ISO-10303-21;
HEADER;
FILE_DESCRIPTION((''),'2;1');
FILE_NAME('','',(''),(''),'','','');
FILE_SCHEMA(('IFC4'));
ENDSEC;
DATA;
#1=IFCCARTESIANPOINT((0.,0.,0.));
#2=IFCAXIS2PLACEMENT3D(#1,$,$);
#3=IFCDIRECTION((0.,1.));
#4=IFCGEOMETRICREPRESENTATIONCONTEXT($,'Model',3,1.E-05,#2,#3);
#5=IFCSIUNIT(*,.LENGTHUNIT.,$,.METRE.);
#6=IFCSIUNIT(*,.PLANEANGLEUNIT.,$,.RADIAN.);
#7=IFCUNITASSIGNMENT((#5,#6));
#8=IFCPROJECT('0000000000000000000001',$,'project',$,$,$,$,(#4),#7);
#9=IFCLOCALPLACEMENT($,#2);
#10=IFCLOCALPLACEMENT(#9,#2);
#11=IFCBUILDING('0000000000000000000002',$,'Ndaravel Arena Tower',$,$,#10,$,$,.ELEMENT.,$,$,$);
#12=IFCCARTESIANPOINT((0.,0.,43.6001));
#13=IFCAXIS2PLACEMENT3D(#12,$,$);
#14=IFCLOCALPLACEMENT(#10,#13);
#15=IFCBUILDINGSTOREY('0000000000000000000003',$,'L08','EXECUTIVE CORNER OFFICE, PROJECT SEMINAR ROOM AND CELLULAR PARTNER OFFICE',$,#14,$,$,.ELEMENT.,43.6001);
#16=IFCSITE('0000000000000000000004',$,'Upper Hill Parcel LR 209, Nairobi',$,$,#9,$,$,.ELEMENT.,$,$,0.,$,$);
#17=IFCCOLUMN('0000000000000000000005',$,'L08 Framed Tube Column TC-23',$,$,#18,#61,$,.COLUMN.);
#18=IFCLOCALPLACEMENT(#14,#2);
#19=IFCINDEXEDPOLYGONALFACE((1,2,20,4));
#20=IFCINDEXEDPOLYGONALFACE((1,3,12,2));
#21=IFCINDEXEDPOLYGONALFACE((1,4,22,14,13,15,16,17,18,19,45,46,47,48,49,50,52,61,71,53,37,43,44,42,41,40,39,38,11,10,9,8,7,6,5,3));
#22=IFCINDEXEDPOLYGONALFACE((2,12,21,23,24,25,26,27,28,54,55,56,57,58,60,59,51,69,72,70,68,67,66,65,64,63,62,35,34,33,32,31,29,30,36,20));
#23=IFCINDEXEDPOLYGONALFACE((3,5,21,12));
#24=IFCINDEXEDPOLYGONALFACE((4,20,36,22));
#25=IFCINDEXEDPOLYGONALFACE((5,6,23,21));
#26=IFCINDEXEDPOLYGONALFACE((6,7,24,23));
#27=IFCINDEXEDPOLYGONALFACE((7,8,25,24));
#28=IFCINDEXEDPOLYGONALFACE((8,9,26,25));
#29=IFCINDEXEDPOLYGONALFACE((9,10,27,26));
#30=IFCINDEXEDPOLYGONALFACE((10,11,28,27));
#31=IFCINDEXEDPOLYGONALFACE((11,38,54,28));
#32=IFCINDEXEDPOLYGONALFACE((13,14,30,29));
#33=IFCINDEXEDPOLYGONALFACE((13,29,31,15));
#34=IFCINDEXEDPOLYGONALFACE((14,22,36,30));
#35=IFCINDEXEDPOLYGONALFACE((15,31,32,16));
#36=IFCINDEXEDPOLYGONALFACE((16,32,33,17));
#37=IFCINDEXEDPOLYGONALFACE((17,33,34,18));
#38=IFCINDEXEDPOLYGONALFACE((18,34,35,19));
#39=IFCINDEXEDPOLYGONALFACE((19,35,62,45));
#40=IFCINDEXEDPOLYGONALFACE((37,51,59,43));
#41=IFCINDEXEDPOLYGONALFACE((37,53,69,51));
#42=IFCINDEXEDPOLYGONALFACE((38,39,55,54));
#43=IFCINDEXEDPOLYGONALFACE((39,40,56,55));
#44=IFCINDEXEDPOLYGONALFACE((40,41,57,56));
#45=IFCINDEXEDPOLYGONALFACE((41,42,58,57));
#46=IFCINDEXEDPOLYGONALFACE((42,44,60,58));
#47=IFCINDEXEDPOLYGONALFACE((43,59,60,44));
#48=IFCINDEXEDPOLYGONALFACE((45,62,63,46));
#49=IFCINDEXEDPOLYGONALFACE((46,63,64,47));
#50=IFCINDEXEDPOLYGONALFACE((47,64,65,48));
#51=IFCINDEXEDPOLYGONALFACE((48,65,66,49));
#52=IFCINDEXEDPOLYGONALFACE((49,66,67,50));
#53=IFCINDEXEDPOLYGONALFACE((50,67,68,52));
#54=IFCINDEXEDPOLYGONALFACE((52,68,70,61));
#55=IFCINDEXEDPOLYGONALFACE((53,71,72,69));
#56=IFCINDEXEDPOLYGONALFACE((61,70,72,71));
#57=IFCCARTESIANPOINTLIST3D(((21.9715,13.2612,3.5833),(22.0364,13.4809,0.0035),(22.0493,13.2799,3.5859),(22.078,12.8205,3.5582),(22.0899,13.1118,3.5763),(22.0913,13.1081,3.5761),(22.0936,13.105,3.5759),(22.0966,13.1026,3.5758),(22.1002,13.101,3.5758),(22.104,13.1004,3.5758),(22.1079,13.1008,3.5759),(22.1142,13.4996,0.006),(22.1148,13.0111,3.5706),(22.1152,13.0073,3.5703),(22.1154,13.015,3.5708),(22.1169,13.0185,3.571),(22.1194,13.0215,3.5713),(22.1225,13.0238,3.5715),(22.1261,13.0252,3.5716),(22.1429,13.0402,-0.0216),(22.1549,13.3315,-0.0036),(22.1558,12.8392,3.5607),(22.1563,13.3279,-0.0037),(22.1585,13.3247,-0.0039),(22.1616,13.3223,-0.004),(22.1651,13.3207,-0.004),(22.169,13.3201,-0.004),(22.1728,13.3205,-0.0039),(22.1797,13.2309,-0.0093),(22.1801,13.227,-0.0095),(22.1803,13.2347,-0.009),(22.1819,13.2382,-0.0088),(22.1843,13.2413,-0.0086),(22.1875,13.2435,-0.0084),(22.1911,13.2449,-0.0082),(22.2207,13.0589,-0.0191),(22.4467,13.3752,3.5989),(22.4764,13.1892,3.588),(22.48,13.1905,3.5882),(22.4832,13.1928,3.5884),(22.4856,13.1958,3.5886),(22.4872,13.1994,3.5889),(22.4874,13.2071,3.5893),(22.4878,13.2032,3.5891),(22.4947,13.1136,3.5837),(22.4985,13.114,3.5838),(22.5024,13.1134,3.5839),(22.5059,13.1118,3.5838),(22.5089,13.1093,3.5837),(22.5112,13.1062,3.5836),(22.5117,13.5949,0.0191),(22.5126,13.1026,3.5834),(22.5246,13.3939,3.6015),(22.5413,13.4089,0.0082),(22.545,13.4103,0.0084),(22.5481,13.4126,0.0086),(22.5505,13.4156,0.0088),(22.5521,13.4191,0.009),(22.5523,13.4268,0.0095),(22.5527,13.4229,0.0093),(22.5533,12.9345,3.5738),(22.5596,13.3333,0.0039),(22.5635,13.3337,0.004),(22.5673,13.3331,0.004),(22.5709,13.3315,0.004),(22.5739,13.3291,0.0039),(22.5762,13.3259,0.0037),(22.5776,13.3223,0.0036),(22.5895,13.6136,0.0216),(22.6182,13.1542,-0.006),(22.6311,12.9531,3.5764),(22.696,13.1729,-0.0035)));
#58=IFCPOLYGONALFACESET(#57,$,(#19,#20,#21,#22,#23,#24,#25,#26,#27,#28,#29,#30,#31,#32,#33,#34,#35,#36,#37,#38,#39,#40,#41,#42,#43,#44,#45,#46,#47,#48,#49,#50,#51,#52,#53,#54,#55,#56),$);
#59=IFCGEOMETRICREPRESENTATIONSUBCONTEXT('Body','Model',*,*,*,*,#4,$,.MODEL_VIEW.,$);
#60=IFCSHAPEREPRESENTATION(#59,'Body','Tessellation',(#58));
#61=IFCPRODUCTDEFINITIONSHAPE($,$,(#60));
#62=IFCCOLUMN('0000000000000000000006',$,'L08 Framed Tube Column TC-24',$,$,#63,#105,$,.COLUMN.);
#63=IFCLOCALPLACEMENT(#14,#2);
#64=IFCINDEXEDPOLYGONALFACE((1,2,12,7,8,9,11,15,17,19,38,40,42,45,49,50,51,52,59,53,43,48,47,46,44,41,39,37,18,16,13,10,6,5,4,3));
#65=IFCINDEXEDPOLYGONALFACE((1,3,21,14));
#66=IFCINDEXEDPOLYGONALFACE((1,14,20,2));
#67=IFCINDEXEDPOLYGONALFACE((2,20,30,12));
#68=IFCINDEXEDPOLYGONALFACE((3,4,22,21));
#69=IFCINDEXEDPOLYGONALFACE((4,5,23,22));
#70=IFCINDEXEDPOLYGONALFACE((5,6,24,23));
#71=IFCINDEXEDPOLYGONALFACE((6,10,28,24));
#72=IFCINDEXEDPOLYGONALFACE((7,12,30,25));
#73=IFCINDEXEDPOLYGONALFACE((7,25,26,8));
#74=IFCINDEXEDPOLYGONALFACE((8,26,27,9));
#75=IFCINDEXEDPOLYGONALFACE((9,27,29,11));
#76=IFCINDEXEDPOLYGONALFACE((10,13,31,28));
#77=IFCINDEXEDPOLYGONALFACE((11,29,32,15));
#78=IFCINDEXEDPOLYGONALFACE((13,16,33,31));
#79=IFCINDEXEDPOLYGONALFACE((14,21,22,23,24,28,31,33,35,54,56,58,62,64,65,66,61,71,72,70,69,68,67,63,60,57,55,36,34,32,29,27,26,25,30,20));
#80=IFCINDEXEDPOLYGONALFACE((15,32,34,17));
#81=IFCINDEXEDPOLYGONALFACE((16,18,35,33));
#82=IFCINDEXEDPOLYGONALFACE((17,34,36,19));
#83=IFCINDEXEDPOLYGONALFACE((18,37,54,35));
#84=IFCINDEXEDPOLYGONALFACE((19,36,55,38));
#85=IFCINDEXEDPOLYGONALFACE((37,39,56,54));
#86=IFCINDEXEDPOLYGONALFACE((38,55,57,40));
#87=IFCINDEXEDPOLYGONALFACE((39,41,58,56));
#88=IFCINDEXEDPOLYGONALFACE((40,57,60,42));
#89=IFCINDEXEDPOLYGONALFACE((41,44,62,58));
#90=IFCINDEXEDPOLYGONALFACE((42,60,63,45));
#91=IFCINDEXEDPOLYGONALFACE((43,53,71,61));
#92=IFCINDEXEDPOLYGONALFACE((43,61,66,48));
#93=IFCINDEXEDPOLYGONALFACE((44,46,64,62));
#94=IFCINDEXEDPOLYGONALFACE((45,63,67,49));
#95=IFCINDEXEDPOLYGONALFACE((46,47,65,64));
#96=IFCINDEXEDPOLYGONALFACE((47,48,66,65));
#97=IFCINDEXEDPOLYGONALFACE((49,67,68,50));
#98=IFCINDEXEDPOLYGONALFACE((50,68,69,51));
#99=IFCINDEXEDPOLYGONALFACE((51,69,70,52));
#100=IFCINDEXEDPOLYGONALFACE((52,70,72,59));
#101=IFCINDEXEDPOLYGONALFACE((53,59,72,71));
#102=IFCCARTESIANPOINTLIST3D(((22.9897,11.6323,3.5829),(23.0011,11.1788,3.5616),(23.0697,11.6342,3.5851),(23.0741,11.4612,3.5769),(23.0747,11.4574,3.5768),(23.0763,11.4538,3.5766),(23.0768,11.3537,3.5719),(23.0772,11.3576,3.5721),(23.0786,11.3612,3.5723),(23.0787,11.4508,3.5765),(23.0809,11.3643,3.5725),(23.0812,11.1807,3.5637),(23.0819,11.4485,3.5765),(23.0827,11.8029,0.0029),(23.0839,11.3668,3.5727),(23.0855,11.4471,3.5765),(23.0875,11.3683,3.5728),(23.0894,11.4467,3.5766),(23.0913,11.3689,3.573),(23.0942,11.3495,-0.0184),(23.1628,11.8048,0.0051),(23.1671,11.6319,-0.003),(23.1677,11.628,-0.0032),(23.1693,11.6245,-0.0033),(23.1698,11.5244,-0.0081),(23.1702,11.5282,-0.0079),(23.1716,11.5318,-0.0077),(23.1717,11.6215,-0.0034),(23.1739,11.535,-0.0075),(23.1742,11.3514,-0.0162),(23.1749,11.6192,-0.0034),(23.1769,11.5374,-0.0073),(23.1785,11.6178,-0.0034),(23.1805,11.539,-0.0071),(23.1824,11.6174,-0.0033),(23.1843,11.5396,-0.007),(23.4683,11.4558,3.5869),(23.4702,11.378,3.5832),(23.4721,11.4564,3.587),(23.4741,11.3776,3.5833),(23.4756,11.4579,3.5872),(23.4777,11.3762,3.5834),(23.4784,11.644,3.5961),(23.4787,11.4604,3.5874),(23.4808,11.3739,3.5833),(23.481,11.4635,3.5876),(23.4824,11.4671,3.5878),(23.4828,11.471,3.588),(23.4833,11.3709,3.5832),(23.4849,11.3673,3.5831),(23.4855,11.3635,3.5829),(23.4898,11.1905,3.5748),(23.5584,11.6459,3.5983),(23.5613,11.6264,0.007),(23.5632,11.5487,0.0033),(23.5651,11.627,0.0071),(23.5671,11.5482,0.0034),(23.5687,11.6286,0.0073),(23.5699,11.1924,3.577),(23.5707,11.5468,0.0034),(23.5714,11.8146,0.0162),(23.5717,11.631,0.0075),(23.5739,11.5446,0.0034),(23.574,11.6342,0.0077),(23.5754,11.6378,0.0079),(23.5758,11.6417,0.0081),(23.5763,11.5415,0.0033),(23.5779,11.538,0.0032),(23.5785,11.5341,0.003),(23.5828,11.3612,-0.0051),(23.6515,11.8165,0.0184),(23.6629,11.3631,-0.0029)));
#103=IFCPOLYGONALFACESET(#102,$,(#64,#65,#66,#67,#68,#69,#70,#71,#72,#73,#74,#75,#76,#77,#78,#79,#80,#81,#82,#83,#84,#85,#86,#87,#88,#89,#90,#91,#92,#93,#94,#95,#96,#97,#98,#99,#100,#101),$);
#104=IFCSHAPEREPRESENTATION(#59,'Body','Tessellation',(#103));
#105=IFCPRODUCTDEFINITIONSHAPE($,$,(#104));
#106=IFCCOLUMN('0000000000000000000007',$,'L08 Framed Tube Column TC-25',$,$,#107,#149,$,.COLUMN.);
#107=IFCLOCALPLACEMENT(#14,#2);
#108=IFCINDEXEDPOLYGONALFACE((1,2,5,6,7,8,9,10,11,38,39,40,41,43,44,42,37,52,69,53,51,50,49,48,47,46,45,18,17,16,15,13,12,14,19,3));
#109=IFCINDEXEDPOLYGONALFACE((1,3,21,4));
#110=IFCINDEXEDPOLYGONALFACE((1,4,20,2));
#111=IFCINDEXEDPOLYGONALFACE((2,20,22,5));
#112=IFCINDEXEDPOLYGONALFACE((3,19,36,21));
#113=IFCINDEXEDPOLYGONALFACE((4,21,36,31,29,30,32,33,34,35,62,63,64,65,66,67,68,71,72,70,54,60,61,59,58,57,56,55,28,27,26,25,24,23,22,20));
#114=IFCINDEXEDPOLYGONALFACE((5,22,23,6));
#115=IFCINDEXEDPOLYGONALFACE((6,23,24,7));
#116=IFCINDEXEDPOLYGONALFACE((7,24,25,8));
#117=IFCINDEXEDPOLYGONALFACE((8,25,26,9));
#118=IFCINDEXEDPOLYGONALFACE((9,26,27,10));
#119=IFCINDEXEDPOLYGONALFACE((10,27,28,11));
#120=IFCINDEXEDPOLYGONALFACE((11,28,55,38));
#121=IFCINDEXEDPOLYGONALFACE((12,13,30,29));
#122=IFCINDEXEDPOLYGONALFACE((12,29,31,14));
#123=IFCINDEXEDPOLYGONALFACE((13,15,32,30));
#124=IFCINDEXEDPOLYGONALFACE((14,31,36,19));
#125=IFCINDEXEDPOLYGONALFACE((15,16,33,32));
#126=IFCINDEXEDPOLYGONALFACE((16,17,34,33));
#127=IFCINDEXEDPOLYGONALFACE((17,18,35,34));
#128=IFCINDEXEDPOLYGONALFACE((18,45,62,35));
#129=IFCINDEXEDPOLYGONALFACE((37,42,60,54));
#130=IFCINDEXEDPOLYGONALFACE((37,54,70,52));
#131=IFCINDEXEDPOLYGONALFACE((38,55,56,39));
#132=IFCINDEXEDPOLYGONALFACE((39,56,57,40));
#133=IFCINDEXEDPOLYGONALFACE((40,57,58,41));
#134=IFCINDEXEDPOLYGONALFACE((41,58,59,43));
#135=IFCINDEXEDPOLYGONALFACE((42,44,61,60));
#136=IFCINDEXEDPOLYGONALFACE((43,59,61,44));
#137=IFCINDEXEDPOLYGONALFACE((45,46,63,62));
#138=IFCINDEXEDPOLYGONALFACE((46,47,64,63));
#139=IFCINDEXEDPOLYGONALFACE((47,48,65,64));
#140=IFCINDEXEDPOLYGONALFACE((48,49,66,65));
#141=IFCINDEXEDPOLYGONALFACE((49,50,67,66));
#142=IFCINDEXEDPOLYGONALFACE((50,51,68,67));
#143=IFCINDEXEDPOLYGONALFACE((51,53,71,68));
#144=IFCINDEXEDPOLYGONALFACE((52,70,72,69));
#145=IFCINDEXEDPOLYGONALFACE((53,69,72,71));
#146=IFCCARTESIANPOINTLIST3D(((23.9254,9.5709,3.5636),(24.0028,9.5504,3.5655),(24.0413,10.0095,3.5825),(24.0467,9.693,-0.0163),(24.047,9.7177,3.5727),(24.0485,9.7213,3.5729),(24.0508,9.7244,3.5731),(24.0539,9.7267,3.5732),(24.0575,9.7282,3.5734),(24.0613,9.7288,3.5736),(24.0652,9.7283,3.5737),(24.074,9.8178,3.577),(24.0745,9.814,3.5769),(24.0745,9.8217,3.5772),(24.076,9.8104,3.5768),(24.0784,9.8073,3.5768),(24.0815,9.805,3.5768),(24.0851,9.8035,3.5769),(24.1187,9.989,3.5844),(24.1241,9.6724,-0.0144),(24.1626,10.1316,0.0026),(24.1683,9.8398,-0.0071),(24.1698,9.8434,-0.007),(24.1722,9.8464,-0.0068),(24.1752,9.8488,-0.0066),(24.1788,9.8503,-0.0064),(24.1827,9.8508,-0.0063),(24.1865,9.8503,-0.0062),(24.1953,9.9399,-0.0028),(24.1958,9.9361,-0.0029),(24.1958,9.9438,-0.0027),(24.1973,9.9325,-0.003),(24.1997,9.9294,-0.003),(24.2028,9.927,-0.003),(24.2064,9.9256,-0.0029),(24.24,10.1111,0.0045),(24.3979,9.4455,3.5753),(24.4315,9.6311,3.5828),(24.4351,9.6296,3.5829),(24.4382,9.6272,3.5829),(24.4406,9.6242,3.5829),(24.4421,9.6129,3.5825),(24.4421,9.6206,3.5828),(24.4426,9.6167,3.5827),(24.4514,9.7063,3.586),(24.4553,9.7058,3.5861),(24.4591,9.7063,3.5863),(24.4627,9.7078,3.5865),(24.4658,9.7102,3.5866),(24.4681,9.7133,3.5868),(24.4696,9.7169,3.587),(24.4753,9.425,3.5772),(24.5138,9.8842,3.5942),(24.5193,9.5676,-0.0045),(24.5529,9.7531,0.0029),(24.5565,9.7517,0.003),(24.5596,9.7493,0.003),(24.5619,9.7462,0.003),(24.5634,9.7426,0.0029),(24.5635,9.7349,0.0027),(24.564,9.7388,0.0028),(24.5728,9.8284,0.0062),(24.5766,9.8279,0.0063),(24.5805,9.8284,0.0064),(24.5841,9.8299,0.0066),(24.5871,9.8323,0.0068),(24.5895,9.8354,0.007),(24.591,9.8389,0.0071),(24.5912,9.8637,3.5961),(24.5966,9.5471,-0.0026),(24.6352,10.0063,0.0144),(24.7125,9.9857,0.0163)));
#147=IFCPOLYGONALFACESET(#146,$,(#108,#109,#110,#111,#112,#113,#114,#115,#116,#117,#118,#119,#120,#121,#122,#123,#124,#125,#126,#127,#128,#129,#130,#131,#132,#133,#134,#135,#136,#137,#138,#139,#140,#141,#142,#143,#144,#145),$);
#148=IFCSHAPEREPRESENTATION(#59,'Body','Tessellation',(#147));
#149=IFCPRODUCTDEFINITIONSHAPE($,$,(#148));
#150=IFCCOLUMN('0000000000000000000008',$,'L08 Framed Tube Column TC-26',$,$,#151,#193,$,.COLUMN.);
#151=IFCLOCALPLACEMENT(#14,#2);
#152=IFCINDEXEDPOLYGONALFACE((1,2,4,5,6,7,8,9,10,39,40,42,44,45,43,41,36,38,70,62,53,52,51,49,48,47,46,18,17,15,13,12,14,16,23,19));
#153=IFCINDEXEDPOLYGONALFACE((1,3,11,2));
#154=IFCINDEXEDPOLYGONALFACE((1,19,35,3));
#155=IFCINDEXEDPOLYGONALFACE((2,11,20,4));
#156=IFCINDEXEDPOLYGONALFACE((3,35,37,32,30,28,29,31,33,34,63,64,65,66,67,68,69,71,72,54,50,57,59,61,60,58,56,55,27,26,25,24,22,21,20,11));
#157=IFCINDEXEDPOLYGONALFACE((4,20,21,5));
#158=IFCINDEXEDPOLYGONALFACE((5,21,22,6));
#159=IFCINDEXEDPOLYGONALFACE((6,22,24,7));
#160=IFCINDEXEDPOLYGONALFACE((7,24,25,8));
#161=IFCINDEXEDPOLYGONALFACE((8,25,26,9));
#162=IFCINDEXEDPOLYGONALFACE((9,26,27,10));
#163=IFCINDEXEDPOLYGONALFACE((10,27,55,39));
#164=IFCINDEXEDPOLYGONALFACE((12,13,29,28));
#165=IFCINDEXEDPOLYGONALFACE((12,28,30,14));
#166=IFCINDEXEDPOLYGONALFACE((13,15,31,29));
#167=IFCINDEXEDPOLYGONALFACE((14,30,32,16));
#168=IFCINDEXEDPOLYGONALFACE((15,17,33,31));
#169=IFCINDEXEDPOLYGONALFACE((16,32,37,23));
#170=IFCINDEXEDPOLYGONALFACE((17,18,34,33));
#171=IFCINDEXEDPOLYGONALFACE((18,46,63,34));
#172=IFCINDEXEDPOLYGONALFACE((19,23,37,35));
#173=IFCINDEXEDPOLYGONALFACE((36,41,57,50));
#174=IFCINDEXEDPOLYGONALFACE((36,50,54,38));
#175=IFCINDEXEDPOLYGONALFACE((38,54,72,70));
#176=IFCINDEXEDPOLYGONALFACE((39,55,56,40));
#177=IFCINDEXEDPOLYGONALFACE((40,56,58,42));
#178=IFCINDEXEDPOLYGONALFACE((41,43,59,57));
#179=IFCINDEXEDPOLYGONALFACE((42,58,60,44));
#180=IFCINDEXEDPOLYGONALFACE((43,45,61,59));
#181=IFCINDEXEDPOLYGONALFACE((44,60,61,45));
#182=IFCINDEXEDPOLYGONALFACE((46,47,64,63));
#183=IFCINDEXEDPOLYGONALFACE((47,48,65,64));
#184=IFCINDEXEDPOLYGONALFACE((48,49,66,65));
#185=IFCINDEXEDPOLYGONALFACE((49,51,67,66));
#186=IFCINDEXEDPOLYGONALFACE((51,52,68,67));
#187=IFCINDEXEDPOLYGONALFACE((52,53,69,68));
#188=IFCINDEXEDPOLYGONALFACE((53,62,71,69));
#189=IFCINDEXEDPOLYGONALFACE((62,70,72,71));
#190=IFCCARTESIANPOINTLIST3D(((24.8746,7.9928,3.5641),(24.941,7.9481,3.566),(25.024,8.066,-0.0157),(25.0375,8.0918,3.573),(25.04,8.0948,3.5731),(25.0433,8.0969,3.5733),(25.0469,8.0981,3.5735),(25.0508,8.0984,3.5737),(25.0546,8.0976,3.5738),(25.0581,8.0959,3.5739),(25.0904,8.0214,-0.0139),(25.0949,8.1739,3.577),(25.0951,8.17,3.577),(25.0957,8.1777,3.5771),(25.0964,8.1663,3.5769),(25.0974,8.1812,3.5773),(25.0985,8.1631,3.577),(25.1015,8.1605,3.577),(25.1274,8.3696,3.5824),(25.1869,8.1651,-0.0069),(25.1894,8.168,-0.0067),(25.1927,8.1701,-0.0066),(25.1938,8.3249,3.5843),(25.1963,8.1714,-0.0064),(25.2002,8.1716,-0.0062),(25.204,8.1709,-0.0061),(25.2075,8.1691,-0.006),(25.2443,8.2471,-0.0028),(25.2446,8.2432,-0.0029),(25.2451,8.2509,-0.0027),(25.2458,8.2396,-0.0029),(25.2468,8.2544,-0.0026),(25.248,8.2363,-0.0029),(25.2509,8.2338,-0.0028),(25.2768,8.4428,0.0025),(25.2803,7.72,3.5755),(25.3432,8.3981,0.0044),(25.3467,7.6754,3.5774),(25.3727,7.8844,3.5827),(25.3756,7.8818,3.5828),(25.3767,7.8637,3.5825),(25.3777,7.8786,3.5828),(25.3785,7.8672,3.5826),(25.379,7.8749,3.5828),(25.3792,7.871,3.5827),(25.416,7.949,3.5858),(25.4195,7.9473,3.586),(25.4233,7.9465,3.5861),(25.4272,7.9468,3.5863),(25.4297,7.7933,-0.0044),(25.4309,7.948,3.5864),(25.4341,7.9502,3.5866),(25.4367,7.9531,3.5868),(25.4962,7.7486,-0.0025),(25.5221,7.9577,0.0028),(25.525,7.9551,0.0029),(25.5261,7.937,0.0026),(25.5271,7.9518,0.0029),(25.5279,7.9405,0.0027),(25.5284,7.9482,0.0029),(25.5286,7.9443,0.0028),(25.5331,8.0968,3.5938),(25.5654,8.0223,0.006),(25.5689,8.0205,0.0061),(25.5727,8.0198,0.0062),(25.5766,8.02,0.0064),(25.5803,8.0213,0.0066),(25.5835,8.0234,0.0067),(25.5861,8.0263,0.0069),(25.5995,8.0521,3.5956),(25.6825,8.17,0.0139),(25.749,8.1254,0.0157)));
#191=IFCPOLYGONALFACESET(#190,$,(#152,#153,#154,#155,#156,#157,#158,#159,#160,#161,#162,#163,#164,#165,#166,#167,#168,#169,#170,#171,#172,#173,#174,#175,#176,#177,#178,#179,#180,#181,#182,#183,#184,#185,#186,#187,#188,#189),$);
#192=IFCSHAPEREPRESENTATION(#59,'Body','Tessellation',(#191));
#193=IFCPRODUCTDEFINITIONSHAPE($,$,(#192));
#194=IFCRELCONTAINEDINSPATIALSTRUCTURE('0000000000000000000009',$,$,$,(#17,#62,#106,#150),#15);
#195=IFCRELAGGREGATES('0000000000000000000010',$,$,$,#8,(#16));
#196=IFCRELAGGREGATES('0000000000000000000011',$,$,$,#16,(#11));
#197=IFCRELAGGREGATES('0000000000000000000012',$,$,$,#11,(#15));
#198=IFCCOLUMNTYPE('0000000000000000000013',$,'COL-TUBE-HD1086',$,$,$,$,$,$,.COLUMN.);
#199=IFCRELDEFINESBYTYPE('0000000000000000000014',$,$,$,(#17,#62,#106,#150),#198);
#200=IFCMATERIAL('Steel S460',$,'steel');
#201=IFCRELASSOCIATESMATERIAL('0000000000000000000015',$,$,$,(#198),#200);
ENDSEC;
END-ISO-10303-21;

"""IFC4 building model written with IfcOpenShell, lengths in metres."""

from ifc_helpers import new_model, si_unit, direction, frame, origin, origin_2d, place, context, subcontext, project, spatial, i_section, extrude, material, material_profile, profile_set, type_object, element, save


model = new_model("IFC4")

# Units and contexts
model_context = context("Model", 3, precision=1e-05, world=origin(), true_north=direction((0.0, 1.0)))
body_context = subcontext(model_context, "Body", "Model", "MODEL_VIEW")
ifc_project = project(units=[si_unit("LENGTHUNIT", "METRE"), si_unit("PLANEANGLEUNIT", "RADIAN")], contexts=[model_context])

# Site, building, storey
site_placement = place(None, origin())
site = spatial("IfcSite", under=ifc_project, at=site_placement, Name="Upper Hill Parcel LR 209, Nairobi", CompositionType="ELEMENT", RefElevation=0.0)
building_placement = place(site_placement, origin())
building = spatial("IfcBuilding", under=site, at=building_placement, Name="Ndaravel Arena Tower", CompositionType="ELEMENT")
storey_placement = place(building_placement, frame((0.0, 0.0, 43.6001)))
storey = spatial("IfcBuildingStorey", under=building, at=storey_placement, Name="L08", Description="EXECUTIVE CORNER OFFICE, PROJECT SEMINAR ROOM AND CELLULAR PARTNER OFFICE", CompositionType="ELEMENT", Elevation=43.6001)

# Columns
ifc_material_1 = material(Name="Steel S460", Category="steel")
ifc_material_profile_1 = material_profile(ifc_material_1, i_section(OverallWidth=0.4541, OverallDepth=0.5691, WebThickness=0.0779, FlangeThickness=0.0801, FilletRadius=0.0149, at=origin_2d()), Name="HD 400x1086")
ifc_profile_set_1 = profile_set([ifc_material_profile_1], Name="Steel S460")
column_type = type_object("IfcColumnType", Name="COL-TUBE-HD1086", PredefinedType="COLUMN", material=ifc_profile_set_1)
column_1_placement = place(storey_placement, frame((22.3662, 13.3269, 0.0), z_axis=(-0.018104, -0.061254, 0.997958), x_axis=(-0.234535, 0.970533, 0.055316)))
element("IfcColumn", 1, at=column_1_placement, inside=storey, type_object=column_type, Name="L08 Framed Tube Column TC-23", PredefinedType="COLUMN", context=body_context, shape_type="SweptSolid", body=[
    extrude(i_section(OverallWidth=0.4541, OverallDepth=0.5691, WebThickness=0.0779, FlangeThickness=0.0801, FilletRadius=0.0149, at=origin_2d()), origin(), (0.0, 0.0, 1.0), 3.5872),
])
column_2_placement = place(storey_placement, frame((23.3728, 11.583, 0.0), z_axis=(-0.025946, -0.047601, 0.998529), x_axis=(-0.02516, 0.99858, 0.04695)))
element("IfcColumn", 2, at=column_2_placement, inside=storey, type_object=column_type, Name="L08 Framed Tube Column TC-24", PredefinedType="COLUMN", context=body_context, shape_type="SweptSolid", body=[
    extrude(i_section(OverallWidth=0.4541, OverallDepth=0.5691, WebThickness=0.0779, FlangeThickness=0.0801, FilletRadius=0.0149, at=origin_2d()), origin(), (0.0, 0.0, 1.0), 3.5852),
])
column_3_placement = place(storey_placement, frame((24.3796, 9.8394, 0.0), z_axis=(-0.033856, -0.03406, 0.998846), x_axis=(0.255207, 0.965992, 0.04159)))
element("IfcColumn", 3, at=column_3_placement, inside=storey, type_object=column_type, Name="L08 Framed Tube Column TC-25", PredefinedType="COLUMN", context=body_context, shape_type="SweptSolid", body=[
    extrude(i_section(OverallWidth=0.4541, OverallDepth=0.5691, WebThickness=0.0779, FlangeThickness=0.0801, FilletRadius=0.0149, at=origin_2d()), origin(), (0.0, 0.0, 1.0), 3.584),
])
column_4_placement = place(storey_placement, frame((25.3865, 8.0957, 0.0), z_axis=(-0.041693, -0.020438, 0.998921), x_axis=(0.556705, 0.829737, 0.040212)))
element("IfcColumn", 4, at=column_4_placement, inside=storey, type_object=column_type, Name="L08 Framed Tube Column TC-26", PredefinedType="COLUMN", context=body_context, shape_type="SweptSolid", body=[
    extrude(i_section(OverallWidth=0.4541, OverallDepth=0.5691, WebThickness=0.0779, FlangeThickness=0.0801, FilletRadius=0.0149, at=origin_2d()), origin(), (0.0, 0.0, 1.0), 3.5837),
])

save(model, "model.ifc")
